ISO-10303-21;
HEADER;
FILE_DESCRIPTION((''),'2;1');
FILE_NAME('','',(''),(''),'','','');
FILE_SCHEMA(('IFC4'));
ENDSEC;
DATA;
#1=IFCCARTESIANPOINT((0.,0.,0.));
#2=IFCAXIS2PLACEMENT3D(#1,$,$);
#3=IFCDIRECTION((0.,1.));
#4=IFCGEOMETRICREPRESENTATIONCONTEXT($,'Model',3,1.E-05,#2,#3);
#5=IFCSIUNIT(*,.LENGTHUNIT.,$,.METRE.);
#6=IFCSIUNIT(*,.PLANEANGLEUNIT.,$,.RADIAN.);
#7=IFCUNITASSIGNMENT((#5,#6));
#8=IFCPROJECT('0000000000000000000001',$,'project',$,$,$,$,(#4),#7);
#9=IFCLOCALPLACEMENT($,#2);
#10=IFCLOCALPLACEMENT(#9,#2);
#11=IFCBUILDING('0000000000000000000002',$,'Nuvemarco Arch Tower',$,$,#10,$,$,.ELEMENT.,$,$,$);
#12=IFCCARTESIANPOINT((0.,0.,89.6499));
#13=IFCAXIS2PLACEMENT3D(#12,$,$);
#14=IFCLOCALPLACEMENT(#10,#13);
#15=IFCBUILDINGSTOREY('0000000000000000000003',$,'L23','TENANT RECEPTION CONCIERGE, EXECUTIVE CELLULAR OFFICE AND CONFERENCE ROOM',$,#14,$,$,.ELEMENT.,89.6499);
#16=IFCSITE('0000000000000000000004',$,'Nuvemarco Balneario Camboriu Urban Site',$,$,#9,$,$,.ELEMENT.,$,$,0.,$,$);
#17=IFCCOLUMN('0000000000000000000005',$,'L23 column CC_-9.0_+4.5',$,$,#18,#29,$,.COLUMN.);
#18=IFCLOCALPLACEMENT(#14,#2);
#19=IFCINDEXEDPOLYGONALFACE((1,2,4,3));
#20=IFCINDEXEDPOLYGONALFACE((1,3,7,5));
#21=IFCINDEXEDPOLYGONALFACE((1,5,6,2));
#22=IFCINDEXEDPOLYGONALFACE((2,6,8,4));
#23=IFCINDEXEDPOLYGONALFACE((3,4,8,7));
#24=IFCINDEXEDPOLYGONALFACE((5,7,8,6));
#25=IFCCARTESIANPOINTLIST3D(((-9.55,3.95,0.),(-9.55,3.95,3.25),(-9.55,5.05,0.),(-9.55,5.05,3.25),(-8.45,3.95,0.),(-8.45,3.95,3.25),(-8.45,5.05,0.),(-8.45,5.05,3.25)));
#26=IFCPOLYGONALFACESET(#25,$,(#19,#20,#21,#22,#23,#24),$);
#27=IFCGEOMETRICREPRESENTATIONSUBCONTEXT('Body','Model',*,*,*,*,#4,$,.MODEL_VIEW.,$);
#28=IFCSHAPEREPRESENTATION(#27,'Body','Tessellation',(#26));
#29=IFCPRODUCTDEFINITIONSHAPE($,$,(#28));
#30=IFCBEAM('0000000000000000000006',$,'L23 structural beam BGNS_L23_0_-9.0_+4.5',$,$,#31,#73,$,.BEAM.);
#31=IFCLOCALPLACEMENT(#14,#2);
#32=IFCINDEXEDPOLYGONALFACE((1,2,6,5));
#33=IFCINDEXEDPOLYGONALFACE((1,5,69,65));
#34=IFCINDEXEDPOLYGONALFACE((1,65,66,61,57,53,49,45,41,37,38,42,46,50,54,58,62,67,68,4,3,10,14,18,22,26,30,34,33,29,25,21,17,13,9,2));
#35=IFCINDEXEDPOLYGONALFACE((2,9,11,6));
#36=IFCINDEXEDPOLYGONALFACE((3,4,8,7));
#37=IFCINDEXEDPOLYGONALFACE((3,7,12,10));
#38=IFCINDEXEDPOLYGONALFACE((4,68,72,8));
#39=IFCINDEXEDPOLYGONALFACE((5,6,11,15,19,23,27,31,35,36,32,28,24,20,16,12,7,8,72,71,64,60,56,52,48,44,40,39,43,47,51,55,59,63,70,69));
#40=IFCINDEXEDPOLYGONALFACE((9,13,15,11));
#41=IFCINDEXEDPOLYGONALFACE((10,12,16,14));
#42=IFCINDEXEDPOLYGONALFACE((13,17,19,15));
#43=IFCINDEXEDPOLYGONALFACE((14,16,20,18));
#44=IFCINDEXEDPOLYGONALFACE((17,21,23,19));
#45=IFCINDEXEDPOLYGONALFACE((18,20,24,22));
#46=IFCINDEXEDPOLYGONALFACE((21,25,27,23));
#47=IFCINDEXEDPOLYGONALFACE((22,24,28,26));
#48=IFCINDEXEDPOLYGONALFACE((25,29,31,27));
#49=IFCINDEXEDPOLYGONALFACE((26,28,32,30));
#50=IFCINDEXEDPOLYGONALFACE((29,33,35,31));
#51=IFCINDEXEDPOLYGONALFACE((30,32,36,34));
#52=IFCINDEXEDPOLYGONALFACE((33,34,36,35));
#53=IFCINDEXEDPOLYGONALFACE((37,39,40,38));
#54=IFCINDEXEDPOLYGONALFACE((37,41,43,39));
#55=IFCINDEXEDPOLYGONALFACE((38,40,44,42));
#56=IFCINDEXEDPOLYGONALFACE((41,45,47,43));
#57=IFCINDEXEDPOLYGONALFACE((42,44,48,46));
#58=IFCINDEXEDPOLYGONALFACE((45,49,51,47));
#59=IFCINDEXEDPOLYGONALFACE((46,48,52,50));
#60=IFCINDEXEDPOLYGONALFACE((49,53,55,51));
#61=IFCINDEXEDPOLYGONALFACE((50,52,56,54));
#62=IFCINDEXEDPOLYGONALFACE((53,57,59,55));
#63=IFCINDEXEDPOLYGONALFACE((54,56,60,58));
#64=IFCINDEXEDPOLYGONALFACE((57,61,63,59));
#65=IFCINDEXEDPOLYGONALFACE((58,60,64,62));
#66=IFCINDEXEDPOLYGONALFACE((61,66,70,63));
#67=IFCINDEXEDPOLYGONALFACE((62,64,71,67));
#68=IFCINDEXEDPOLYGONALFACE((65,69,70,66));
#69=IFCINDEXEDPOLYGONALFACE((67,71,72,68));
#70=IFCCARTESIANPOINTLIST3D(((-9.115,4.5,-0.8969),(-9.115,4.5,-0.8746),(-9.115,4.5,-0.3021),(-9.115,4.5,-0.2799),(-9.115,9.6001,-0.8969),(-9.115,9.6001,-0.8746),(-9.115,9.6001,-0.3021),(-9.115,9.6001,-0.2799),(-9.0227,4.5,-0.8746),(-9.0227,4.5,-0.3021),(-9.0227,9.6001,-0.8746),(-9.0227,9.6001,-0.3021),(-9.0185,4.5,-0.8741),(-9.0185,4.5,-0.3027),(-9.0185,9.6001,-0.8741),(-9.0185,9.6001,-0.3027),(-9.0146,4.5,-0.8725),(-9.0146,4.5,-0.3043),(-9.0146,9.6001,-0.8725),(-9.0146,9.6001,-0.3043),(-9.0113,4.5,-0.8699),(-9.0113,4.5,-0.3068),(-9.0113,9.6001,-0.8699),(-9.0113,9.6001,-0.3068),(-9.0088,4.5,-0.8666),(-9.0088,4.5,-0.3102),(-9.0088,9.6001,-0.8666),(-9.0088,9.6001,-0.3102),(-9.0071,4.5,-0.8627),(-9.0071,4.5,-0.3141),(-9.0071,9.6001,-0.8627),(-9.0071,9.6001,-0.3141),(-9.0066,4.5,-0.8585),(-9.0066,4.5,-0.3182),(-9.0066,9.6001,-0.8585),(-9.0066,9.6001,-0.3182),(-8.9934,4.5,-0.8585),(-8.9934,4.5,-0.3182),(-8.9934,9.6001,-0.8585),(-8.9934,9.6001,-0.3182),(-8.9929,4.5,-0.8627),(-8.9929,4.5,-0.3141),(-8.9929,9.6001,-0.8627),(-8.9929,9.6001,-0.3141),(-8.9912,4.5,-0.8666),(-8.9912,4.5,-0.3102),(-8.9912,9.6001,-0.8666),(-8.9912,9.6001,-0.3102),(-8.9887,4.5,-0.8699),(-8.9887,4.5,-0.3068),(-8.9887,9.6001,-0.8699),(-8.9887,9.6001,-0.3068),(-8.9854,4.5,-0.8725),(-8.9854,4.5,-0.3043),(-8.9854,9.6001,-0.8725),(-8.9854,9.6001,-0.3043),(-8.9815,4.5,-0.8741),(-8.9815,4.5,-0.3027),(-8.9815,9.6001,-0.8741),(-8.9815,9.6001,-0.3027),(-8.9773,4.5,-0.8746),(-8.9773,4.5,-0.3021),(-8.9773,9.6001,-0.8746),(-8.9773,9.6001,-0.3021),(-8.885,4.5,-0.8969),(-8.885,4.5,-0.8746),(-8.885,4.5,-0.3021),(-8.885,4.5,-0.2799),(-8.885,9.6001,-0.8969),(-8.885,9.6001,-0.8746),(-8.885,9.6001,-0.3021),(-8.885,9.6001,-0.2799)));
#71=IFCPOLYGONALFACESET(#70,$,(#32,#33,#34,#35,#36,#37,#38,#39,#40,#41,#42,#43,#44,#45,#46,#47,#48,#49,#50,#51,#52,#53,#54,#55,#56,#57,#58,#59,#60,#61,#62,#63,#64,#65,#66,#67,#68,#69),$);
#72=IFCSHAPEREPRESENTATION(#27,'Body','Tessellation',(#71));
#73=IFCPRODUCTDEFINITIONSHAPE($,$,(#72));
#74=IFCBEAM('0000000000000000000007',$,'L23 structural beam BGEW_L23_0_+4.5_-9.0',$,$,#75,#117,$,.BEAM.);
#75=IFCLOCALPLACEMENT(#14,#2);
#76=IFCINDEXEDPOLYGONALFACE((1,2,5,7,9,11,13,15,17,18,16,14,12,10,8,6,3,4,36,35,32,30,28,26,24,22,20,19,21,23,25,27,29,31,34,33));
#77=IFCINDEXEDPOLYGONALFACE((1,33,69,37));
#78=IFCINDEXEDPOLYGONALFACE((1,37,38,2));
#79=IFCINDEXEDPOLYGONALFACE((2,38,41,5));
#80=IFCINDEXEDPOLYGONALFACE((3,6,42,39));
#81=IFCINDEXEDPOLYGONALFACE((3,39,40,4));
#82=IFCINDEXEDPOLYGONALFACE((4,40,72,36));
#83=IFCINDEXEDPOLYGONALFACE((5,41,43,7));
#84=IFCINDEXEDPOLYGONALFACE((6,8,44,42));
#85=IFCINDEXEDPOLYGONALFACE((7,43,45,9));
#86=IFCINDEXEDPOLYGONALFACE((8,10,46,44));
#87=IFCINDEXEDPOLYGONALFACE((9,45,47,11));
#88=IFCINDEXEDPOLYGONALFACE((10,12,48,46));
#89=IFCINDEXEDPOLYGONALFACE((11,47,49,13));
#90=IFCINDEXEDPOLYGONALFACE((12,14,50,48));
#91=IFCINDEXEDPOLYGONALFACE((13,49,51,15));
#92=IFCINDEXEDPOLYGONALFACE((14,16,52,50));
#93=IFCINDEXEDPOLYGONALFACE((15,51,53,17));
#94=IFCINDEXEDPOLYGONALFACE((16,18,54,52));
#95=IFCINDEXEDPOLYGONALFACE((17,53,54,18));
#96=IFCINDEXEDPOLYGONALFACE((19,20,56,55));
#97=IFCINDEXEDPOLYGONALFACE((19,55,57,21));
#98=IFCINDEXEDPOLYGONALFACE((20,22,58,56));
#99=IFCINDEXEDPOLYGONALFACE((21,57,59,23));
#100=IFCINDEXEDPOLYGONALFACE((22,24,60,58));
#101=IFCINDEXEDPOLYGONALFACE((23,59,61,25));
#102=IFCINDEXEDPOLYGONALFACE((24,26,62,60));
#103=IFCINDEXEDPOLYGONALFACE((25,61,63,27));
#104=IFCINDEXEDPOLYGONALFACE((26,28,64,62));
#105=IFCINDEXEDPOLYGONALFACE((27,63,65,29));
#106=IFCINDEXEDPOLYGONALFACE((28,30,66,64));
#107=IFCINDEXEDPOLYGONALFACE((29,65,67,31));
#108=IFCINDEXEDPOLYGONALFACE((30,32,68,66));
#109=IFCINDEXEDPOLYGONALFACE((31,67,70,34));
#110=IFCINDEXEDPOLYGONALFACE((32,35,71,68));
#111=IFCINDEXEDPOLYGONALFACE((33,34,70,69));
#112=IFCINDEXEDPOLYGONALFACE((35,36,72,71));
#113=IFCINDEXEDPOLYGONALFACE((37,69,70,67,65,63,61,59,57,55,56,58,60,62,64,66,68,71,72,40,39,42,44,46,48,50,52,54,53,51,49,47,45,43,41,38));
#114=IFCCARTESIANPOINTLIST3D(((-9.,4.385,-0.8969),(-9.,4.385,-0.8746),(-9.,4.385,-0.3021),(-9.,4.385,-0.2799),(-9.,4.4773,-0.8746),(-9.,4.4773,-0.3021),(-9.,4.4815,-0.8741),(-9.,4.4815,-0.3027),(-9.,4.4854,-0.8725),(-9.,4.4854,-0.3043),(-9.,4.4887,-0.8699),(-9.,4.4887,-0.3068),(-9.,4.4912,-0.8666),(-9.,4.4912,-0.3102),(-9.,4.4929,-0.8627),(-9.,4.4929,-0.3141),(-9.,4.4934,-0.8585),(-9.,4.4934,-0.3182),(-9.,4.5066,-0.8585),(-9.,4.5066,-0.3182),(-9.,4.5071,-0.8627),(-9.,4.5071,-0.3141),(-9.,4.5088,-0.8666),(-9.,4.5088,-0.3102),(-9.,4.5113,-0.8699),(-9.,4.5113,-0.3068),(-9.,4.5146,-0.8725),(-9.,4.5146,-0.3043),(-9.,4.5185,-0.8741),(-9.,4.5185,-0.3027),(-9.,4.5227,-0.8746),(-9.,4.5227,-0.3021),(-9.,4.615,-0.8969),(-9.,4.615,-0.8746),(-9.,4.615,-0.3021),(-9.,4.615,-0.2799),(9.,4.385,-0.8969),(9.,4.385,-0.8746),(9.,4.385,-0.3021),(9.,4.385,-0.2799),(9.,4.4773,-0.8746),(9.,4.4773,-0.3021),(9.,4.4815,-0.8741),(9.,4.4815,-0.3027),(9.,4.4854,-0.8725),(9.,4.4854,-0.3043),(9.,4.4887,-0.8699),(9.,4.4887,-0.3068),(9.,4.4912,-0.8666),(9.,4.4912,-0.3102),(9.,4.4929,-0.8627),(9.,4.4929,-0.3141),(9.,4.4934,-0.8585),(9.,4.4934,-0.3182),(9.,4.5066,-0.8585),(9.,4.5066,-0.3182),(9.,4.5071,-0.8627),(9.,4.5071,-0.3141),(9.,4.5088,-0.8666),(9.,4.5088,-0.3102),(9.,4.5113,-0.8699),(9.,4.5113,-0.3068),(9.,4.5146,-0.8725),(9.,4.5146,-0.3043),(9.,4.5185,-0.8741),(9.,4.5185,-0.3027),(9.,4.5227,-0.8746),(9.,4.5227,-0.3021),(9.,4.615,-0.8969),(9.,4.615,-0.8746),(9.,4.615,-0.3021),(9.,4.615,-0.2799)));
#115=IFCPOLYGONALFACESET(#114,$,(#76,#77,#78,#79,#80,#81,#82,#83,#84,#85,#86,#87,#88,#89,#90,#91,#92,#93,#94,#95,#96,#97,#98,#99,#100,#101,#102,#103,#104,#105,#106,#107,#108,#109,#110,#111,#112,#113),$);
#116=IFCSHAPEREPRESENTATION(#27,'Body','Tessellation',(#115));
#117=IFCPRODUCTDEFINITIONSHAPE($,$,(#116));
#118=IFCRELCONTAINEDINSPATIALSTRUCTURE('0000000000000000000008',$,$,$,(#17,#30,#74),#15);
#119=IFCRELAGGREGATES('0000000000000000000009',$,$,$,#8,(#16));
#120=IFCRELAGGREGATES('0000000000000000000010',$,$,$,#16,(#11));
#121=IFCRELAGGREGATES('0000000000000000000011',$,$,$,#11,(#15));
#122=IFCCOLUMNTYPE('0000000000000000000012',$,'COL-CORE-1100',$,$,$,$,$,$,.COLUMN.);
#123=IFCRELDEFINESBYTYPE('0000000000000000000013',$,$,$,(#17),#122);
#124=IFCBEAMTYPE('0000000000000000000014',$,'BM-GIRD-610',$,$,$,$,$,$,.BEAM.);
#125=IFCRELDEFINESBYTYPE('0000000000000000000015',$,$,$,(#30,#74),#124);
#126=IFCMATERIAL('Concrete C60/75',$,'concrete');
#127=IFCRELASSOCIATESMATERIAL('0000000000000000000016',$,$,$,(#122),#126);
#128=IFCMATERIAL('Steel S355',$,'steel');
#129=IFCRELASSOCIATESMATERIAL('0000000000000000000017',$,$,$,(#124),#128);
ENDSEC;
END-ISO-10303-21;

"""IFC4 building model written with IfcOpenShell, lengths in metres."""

from ifc_helpers import new_model, si_unit, direction, frame, origin, origin_2d, place, context, subcontext, project, spatial, rectangle, i_section, extrude, material, material_profile, profile_set, type_object, element, save


model = new_model("IFC4")

# Units and contexts
model_context = context("Model", 3, precision=1e-05, world=origin(), true_north=direction((0.0, 1.0)))
body_context = subcontext(model_context, "Body", "Model", "MODEL_VIEW")
ifc_project = project(units=[si_unit("LENGTHUNIT", "METRE"), si_unit("PLANEANGLEUNIT", "RADIAN")], contexts=[model_context])

# Site, building, storey
site_placement = place(None, origin())
site = spatial("IfcSite", under=ifc_project, at=site_placement, Name="Nuvemarco Balneario Camboriu Urban Site", CompositionType="ELEMENT", RefElevation=0.0)
building_placement = place(site_placement, origin())
building = spatial("IfcBuilding", under=site, at=building_placement, Name="Nuvemarco Arch Tower", CompositionType="ELEMENT")
storey_placement = place(building_placement, frame((0.0, 0.0, 89.6499)))
storey = spatial("IfcBuildingStorey", under=building, at=storey_placement, Name="L23", Description="TENANT RECEPTION CONCIERGE, EXECUTIVE CELLULAR OFFICE AND CONFERENCE ROOM", CompositionType="ELEMENT", Elevation=89.6499)

# Column
ifc_material_1 = material(Name="Concrete C60/75", Category="concrete")
ifc_material_profile_1 = material_profile(ifc_material_1, rectangle(XDim=1.1001, YDim=1.1001, at=origin_2d()), Name="RC-COL-1100x1100")
ifc_profile_set_1 = profile_set([ifc_material_profile_1], Name="Concrete C60/75")
column_type = type_object("IfcColumnType", Name="COL-CORE-1100", PredefinedType="COLUMN", material=ifc_profile_set_1)
column_placement = place(storey_placement, frame((-9.0, 4.5, 0.0), z_axis=(0.0, 0.0, 1.0), x_axis=(1.0, 0.0, 0.0)))
element("IfcColumn", 1, at=column_placement, inside=storey, type_object=column_type, Name="L23 column CC_-9.0_+4.5", PredefinedType="COLUMN", context=body_context, shape_type="SweptSolid", body=[
    extrude(rectangle(XDim=1.1001, YDim=1.1001, at=origin_2d()), origin(), (0.0, 0.0, 1.0), 3.25),
])

# Beams
ifc_material_2 = material(Name="Steel S355", Category="steel")
ifc_material_profile_2 = material_profile(ifc_material_2, i_section(OverallWidth=0.23, OverallDepth=0.6169, WebThickness=0.0132, FlangeThickness=0.0222, FilletRadius=0.0161, at=origin_2d()), Name="W610x140")
ifc_profile_set_2 = profile_set([ifc_material_profile_2], Name="Steel S355")
beam_type = type_object("IfcBeamType", Name="BM-GIRD-610", PredefinedType="BEAM", material=ifc_profile_set_2)
beam_1_placement = place(storey_placement, frame((-9.0, 4.5, -0.5884), z_axis=(0.0, 1.0, 0.0), x_axis=(-1.0, 0.0, 0.0)))
element("IfcBeam", 2, at=beam_1_placement, inside=storey, type_object=beam_type, Name="L23 structural beam BGNS_L23_0_-9.0_+4.5", PredefinedType="BEAM", context=body_context, shape_type="SweptSolid", body=[
    extrude(i_section(OverallWidth=0.23, OverallDepth=0.6169, WebThickness=0.0132, FlangeThickness=0.0222, FilletRadius=0.0161, at=origin_2d()), origin(), (0.0, 0.0, 1.0), 5.1001),
])
beam_2_placement = place(storey_placement, frame((-9.0, 4.5, -0.5884), z_axis=(1.0, 0.0, 0.0), x_axis=(0.0, 1.0, 0.0)))
element("IfcBeam", 3, at=beam_2_placement, inside=storey, type_object=beam_type, Name="L23 structural beam BGEW_L23_0_+4.5_-9.0", PredefinedType="BEAM", context=body_context, shape_type="SweptSolid", body=[
    extrude(i_section(OverallWidth=0.23, OverallDepth=0.6169, WebThickness=0.0132, FlangeThickness=0.0222, FilletRadius=0.0161, at=origin_2d()), origin(), (0.0, 0.0, 1.0), 18.0),
])

save(model, "model.ifc")
